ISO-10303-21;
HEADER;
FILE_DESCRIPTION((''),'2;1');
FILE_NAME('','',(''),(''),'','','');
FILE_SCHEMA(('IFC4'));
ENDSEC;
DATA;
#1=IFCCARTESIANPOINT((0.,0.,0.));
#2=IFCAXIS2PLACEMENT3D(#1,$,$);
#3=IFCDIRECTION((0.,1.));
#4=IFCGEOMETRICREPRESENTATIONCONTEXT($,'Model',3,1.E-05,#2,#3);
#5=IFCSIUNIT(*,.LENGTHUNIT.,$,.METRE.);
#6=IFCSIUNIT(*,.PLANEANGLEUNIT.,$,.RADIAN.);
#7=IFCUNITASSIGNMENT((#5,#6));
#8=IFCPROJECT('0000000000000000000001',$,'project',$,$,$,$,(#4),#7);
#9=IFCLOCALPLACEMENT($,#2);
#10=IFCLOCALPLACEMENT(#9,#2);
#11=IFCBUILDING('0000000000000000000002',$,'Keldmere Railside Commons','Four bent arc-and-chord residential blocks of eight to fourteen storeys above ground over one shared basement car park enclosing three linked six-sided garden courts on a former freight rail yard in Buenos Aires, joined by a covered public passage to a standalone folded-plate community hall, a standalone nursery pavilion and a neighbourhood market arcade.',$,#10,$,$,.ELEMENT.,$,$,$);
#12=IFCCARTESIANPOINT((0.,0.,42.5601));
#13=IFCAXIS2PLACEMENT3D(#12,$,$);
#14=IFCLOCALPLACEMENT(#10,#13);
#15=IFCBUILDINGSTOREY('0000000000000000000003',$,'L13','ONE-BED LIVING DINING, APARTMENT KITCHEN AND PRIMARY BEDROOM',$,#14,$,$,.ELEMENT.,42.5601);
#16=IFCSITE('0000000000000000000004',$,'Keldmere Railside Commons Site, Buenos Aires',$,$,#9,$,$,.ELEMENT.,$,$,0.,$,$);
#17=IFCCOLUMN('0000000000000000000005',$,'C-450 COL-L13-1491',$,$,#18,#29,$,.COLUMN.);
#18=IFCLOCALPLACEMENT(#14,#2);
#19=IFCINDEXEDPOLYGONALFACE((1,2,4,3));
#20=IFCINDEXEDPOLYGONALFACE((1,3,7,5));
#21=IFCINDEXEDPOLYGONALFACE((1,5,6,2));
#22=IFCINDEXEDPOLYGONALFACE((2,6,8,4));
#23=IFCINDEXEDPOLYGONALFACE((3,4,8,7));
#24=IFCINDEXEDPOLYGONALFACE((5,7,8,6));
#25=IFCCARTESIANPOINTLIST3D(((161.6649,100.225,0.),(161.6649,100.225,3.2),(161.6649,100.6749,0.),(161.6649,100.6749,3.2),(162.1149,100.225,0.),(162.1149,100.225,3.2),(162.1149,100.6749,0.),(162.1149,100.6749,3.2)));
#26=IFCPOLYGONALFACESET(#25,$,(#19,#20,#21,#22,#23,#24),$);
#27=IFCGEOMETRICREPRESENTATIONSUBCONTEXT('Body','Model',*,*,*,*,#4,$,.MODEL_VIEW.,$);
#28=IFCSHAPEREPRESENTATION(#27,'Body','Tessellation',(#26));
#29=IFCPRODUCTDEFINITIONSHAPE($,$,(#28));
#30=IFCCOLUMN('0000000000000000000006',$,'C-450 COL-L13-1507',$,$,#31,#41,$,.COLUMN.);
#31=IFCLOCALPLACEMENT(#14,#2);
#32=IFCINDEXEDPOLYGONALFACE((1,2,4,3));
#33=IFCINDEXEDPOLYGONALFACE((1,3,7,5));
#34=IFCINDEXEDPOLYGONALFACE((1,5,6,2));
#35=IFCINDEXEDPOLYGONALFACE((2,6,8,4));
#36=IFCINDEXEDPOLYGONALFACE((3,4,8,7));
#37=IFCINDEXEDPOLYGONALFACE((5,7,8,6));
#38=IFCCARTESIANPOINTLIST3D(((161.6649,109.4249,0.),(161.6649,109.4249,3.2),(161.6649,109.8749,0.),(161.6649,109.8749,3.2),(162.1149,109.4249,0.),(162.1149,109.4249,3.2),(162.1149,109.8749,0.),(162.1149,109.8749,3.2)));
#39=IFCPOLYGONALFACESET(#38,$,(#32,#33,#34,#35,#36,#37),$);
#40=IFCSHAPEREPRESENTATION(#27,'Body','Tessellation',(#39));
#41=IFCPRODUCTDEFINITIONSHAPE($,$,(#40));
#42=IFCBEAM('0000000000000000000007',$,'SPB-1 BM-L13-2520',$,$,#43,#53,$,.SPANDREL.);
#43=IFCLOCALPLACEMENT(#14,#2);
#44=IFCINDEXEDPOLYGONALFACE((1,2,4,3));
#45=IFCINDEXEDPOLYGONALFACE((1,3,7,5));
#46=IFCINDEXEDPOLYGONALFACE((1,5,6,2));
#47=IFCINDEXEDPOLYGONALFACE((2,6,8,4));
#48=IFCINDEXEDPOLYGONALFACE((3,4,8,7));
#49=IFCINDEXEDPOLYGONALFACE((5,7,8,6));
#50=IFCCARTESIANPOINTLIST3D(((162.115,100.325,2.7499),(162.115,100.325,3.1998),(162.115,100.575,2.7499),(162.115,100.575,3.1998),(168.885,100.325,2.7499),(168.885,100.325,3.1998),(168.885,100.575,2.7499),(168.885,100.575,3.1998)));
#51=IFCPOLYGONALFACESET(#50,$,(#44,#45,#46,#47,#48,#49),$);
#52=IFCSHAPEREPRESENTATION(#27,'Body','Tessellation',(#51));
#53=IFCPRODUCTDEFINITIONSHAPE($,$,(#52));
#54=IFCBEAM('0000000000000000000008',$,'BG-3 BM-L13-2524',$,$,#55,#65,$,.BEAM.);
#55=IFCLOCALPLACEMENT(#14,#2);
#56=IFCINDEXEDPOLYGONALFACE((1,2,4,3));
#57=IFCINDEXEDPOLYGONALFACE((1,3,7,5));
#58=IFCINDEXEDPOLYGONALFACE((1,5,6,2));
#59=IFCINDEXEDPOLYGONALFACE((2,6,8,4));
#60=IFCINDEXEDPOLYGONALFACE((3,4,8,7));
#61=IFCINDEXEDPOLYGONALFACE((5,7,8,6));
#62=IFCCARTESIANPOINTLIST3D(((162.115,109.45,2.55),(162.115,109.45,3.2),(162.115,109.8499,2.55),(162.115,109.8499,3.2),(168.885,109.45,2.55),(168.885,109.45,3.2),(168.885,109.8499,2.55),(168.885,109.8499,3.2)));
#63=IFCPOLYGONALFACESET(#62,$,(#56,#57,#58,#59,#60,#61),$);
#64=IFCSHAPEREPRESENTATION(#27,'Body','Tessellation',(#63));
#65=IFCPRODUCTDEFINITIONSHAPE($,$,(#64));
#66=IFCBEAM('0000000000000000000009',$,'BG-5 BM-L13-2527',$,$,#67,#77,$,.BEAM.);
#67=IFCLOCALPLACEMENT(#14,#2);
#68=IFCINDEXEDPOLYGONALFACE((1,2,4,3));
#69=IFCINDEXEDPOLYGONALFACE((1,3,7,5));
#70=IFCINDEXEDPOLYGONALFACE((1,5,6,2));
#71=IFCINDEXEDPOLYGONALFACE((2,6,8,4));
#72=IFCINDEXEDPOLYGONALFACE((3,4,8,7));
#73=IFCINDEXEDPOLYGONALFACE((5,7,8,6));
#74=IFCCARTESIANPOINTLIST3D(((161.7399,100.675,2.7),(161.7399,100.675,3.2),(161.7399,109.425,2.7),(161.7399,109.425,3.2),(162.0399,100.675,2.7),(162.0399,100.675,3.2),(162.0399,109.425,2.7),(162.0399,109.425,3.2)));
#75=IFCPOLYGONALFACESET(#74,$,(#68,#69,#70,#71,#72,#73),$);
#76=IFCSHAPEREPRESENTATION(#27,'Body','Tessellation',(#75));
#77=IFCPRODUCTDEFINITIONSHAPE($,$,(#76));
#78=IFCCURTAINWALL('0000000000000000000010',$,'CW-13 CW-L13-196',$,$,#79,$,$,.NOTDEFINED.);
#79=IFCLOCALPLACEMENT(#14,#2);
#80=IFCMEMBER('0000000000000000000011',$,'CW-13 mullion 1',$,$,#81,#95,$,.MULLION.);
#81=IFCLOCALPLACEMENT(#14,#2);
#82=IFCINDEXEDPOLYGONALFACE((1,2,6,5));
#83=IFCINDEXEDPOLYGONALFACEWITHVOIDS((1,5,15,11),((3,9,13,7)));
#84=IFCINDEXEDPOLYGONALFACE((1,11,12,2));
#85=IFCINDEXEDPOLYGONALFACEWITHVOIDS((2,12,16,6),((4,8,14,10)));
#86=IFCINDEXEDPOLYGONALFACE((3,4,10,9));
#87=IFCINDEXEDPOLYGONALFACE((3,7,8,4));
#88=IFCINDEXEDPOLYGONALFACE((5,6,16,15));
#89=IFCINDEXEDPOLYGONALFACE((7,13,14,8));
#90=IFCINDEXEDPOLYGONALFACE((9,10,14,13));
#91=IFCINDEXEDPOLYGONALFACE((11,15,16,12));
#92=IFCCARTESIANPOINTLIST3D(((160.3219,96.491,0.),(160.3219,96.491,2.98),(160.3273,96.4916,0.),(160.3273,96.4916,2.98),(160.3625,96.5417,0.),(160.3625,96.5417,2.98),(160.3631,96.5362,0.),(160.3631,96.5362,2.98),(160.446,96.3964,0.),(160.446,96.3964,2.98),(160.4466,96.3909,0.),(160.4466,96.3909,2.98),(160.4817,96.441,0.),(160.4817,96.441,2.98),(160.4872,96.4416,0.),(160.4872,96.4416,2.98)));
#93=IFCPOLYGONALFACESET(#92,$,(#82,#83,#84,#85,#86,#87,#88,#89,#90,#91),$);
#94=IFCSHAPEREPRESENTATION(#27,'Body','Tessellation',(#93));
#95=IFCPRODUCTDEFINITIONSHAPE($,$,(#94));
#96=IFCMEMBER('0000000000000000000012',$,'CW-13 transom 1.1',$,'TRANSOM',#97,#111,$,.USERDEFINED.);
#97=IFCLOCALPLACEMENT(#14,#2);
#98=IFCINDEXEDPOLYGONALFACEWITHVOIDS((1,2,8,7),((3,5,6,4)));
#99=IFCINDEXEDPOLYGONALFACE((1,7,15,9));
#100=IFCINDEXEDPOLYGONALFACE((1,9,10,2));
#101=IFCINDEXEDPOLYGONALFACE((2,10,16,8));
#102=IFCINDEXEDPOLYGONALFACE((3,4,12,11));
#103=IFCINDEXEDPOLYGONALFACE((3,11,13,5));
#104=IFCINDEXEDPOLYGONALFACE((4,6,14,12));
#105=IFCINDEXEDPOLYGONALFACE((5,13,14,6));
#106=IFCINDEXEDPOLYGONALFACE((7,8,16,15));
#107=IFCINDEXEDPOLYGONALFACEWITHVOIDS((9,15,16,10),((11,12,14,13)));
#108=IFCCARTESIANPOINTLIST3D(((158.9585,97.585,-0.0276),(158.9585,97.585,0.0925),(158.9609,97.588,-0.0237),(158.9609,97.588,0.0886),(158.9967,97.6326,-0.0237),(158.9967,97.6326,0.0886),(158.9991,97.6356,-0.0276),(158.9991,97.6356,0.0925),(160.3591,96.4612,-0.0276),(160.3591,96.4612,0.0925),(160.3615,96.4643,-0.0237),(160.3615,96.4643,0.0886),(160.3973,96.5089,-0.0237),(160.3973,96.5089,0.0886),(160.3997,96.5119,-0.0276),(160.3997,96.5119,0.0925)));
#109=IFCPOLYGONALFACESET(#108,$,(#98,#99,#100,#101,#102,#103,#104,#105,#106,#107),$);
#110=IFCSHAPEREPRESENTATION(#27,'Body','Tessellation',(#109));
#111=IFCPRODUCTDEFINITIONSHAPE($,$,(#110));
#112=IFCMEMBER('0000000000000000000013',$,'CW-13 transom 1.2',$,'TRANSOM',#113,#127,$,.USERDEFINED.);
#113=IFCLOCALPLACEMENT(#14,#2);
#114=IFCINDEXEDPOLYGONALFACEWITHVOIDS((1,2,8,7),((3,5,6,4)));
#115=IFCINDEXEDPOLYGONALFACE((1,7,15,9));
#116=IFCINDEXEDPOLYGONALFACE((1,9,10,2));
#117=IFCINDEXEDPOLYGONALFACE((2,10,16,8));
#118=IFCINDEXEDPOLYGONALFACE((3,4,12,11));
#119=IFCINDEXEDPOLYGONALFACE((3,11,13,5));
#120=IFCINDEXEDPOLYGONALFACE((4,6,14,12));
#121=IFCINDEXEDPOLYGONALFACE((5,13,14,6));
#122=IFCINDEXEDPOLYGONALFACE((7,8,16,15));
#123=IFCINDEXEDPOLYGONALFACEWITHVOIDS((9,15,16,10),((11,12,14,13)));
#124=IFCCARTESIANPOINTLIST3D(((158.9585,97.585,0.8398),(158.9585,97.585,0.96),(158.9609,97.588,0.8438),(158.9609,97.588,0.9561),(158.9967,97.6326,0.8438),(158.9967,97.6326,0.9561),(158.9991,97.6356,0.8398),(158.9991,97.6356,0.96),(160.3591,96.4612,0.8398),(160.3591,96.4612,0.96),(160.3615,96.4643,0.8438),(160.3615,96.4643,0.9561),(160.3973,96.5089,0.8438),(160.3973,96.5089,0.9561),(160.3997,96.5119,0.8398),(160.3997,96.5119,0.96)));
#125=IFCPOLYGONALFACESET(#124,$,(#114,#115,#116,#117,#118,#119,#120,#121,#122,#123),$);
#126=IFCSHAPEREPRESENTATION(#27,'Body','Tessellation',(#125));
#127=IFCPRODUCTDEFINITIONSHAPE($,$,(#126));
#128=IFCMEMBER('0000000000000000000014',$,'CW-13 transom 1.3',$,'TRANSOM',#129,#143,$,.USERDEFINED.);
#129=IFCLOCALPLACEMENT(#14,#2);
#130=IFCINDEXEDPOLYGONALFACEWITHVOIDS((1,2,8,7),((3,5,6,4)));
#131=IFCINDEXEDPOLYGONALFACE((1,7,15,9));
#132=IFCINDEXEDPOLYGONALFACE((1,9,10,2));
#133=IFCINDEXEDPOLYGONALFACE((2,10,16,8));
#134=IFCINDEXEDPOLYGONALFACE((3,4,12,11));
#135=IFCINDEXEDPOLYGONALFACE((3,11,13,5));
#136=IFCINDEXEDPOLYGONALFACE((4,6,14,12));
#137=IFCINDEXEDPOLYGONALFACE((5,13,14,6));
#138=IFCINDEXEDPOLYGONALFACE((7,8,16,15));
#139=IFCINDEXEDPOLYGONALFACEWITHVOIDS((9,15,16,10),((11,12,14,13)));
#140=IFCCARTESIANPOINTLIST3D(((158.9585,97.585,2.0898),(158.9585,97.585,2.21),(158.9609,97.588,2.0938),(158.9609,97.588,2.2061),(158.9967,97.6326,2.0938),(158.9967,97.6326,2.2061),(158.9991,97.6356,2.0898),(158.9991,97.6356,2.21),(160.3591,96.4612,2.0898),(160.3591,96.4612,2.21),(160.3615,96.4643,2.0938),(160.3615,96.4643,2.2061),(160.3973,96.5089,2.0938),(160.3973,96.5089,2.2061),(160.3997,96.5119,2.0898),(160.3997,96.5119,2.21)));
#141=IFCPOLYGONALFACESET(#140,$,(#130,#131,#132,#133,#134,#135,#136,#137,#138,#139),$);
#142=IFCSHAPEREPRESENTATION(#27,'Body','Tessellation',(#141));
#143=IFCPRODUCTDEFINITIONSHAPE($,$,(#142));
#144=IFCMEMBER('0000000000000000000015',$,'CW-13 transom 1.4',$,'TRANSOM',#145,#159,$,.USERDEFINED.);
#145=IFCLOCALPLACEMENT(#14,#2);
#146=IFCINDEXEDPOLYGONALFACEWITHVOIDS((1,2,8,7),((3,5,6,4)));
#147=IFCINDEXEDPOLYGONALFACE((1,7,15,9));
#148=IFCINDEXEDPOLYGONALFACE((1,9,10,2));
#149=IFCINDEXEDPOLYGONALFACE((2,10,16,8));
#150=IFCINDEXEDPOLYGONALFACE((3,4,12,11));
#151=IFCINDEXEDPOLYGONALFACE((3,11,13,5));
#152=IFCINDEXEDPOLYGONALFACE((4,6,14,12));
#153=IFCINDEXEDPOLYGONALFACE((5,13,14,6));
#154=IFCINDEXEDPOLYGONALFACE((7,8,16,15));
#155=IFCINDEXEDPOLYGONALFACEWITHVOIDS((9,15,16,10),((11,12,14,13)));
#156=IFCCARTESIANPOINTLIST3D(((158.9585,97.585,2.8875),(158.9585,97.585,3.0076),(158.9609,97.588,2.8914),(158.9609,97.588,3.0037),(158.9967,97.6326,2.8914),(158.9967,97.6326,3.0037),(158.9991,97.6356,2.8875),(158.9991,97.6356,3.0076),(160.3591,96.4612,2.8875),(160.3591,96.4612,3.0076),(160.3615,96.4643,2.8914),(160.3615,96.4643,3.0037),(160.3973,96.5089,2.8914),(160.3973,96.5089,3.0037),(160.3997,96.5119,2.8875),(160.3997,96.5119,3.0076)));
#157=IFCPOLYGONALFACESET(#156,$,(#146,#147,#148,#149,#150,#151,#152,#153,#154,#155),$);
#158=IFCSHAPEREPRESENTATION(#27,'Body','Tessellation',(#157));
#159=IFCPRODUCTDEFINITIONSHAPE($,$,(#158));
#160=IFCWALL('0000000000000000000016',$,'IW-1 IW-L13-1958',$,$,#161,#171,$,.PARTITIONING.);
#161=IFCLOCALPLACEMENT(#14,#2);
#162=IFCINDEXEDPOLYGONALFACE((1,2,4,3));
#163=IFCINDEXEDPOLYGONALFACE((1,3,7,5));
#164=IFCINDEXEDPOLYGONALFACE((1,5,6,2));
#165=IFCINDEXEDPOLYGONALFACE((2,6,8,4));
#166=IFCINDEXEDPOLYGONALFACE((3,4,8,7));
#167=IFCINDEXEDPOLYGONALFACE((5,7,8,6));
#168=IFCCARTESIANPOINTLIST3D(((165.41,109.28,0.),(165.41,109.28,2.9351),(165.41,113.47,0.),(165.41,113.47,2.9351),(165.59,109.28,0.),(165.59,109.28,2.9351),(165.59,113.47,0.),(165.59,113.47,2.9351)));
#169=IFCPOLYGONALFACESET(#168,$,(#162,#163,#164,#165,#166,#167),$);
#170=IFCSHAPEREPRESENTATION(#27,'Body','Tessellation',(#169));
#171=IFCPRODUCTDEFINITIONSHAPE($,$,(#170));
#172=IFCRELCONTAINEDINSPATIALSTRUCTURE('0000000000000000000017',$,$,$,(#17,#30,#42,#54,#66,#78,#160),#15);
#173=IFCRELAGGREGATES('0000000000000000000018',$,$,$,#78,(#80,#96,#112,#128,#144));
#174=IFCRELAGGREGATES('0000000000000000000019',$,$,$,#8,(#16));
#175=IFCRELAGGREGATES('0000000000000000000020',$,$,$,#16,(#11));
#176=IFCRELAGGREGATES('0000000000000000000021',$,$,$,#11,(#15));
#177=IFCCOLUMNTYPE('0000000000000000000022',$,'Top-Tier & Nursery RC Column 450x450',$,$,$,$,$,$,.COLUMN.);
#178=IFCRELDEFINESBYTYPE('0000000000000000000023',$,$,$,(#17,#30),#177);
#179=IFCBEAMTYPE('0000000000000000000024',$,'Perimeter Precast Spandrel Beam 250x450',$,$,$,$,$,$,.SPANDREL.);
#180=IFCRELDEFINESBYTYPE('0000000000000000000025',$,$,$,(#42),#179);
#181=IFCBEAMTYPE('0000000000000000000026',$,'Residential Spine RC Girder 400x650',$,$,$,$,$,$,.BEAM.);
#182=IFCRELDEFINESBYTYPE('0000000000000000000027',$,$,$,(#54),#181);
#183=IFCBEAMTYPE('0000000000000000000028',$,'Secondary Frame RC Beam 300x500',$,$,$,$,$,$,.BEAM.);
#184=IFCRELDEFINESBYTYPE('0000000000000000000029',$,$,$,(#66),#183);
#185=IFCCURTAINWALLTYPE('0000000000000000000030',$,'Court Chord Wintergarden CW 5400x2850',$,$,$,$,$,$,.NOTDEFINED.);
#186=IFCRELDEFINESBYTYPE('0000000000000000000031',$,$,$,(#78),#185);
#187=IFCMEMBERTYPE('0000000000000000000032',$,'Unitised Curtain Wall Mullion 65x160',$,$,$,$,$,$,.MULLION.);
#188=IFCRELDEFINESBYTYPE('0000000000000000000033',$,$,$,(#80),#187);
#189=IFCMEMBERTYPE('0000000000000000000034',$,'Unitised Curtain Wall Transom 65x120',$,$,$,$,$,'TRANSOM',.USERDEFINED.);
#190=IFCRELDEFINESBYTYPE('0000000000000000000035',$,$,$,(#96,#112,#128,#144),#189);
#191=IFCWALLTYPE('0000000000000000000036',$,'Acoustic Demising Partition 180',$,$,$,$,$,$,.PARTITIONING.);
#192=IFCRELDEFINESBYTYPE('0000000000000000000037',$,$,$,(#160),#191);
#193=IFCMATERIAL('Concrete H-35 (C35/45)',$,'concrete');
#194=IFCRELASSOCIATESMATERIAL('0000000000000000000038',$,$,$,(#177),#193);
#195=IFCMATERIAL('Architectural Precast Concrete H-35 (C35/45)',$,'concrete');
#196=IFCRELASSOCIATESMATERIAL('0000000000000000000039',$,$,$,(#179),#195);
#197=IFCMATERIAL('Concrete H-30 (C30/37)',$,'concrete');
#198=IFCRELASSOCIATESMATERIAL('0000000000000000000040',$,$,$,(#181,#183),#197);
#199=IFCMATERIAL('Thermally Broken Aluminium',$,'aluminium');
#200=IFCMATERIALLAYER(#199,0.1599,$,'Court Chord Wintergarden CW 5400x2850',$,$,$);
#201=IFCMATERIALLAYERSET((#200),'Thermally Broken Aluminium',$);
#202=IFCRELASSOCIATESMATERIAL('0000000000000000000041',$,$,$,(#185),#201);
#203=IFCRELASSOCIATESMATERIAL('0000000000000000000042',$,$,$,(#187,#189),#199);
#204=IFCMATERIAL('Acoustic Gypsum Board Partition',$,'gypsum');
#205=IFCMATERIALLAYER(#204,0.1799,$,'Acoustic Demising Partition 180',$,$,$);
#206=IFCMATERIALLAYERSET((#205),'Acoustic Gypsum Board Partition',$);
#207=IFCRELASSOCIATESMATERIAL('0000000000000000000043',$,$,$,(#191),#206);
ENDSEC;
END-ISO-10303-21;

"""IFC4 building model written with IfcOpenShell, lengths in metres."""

from ifc_helpers import new_model, si_unit, direction, frame, frame_2d, origin, origin_2d, place, context, subcontext, project, spatial, rectangle, hollow_rectangle, extrude, material, layer, layer_set, material_profile, profile_set, type_object, element, aggregate, save


model = new_model("IFC4")

# Units and contexts
model_context = context("Model", 3, precision=1e-05, world=origin(), true_north=direction((0.0, 1.0)))
body_context = subcontext(model_context, "Body", "Model", "MODEL_VIEW")
ifc_project = project(units=[si_unit("LENGTHUNIT", "METRE"), si_unit("PLANEANGLEUNIT", "RADIAN")], contexts=[model_context])

# Site, building, storey
site_placement = place(None, origin())
site = spatial("IfcSite", under=ifc_project, at=site_placement, Name="Keldmere Railside Commons Site, Buenos Aires", CompositionType="ELEMENT", RefElevation=0.0)
building_placement = place(site_placement, origin())
building = spatial("IfcBuilding", under=site, at=building_placement, Name="Keldmere Railside Commons", Description="Four bent arc-and-chord residential blocks of eight to fourteen storeys above ground over one shared basement car park enclosing three linked six-sided garden courts on a former freight rail yard in Buenos Aires, joined by a covered public passage to a standalone folded-plate community hall, a standalone nursery pavilion and a neighbourhood market arcade.", CompositionType="ELEMENT")
storey_placement = place(building_placement, frame((0.0, 0.0, 42.5601)))
storey = spatial("IfcBuildingStorey", under=building, at=storey_placement, Name="L13", Description="ONE-BED LIVING DINING, APARTMENT KITCHEN AND PRIMARY BEDROOM", CompositionType="ELEMENT", Elevation=42.5601)

# Columns
ifc_material_1 = material(Name="Concrete H-35 (C35/45)", Category="concrete")
ifc_material_profile_1 = material_profile(ifc_material_1, rectangle(XDim=0.45, YDim=0.45, at=origin_2d()), Name="RC-450x450")
ifc_profile_set_1 = profile_set([ifc_material_profile_1], Name="Concrete H-35 (C35/45)")
column_type = type_object("IfcColumnType", Name="Top-Tier & Nursery RC Column 450x450", PredefinedType="COLUMN", material=ifc_profile_set_1)
for number, where, z_axis, x_axis, name in (
    (1, (161.8899, 100.45, 0.0), (0.0, 0.0, 1.0), (1.0, 0.0, 0.0), "C-450 COL-L13-1491"),
    (2, (161.8899, 109.6499, 0.0), (0.0, 0.0, 1.0), (1.0, 0.0, 0.0), "C-450 COL-L13-1507"),
):
    element("IfcColumn", number, at=place(storey_placement, frame(where, z_axis=z_axis, x_axis=x_axis)), inside=storey, type_object=column_type, Name=name, PredefinedType="COLUMN", context=body_context, shape_type="SweptSolid", body=[
        extrude(rectangle(XDim=0.45, YDim=0.45, at=origin_2d()), origin(), (0.0, 0.0, 1.0), 3.2),
    ])

# Beams
ifc_material_2 = material(Name="Architectural Precast Concrete H-35 (C35/45)", Category="concrete")
ifc_material_profile_2 = material_profile(ifc_material_2, rectangle(XDim=0.25, YDim=0.45, at=origin_2d()), Name="RC-250x450")
ifc_profile_set_2 = profile_set([ifc_material_profile_2], Name="Architectural Precast Concrete H-35 (C35/45)")
beam_type_1 = type_object("IfcBeamType", Name="Perimeter Precast Spandrel Beam 250x450", PredefinedType="SPANDREL", material=ifc_profile_set_2)
beam_1_placement = place(storey_placement, frame((162.115, 100.45, 2.9749), z_axis=(1.0, 0.0, 0.0), x_axis=(0.0, 1.0, 0.0)))
element("IfcBeam", 3, at=beam_1_placement, inside=storey, type_object=beam_type_1, Name="SPB-1 BM-L13-2520", PredefinedType="SPANDREL", context=body_context, shape_type="SweptSolid", body=[
    extrude(rectangle(XDim=0.25, YDim=0.45, at=origin_2d()), origin(), (0.0, 0.0, 1.0), 6.77),
])
ifc_material_3 = material(Name="Concrete H-30 (C30/37)", Category="concrete")
ifc_material_profile_3 = material_profile(ifc_material_3, rectangle(XDim=0.3999, YDim=0.6499, at=origin_2d()), Name="RC-400x650")
ifc_profile_set_3 = profile_set([ifc_material_profile_3], Name="Concrete H-30 (C30/37)")
beam_type_2 = type_object("IfcBeamType", Name="Residential Spine RC Girder 400x650", PredefinedType="BEAM", material=ifc_profile_set_3)
beam_2_placement = place(storey_placement, frame((162.115, 109.6499, 2.875), z_axis=(1.0, 0.0, 0.0), x_axis=(0.0, 1.0, 0.0)))
element("IfcBeam", 4, at=beam_2_placement, inside=storey, type_object=beam_type_2, Name="BG-3 BM-L13-2524", PredefinedType="BEAM", context=body_context, shape_type="SweptSolid", body=[
    extrude(rectangle(XDim=0.3999, YDim=0.6499, at=origin_2d()), origin(), (0.0, 0.0, 1.0), 6.77),
])
ifc_material_profile_4 = material_profile(ifc_material_3, rectangle(XDim=0.3, YDim=0.5, at=origin_2d()), Name="RC-300x500")
ifc_profile_set_4 = profile_set([ifc_material_profile_4], Name="Concrete H-30 (C30/37)")
beam_type_3 = type_object("IfcBeamType", Name="Secondary Frame RC Beam 300x500", PredefinedType="BEAM", material=ifc_profile_set_4)
beam_3_placement = place(storey_placement, frame((161.8899, 100.675, 2.95), z_axis=(0.0, 1.0, 0.0), x_axis=(-1.0, 0.0, 0.0)))
element("IfcBeam", 5, at=beam_3_placement, inside=storey, type_object=beam_type_3, Name="BG-5 BM-L13-2527", PredefinedType="BEAM", context=body_context, shape_type="SweptSolid", body=[
    extrude(rectangle(XDim=0.3, YDim=0.5, at=origin_2d()), origin(), (0.0, 0.0, 1.0), 8.75),
])

# Curtain wall, members
ifc_material_4 = material(Name="Thermally Broken Aluminium", Category="aluminium")
ifc_layer_1 = layer(ifc_material_4, 0.1599, Name="Court Chord Wintergarden CW 5400x2850")
ifc_layer_set_1 = layer_set([ifc_layer_1], Name="Thermally Broken Aluminium")
curtain_wall_type = type_object("IfcCurtainWallType", Name="Court Chord Wintergarden CW 5400x2850", PredefinedType="NOTDEFINED", material=ifc_layer_set_1)
curtain_wall_placement = place(storey_placement, origin())
curtain_wall = element("IfcCurtainWall", 6, at=curtain_wall_placement, inside=storey, type_object=curtain_wall_type, Name="CW-13 CW-L13-196", PredefinedType="NOTDEFINED")
ifc_material_profile_5 = material_profile(ifc_material_4, hollow_rectangle(XDim=0.0649, YDim=0.1599, WallThickness=0.0039, at=origin_2d()), Name="ALU-MULL-65x160")
ifc_profile_set_5 = profile_set([ifc_material_profile_5], Name="Thermally Broken Aluminium")
member_type_1 = type_object("IfcMemberType", Name="Unitised Curtain Wall Mullion 65x160", PredefinedType="MULLION", material=ifc_profile_set_5)
member_1_placement = place(storey_placement, frame((160.4045, 96.4663, 0.0), z_axis=(0.0, 0.0, 1.0), x_axis=(-0.625768, -0.780009, 0.0)))
member_1 = element("IfcMember", 7, at=member_1_placement, type_object=member_type_1, Name="CW-13 mullion 1", PredefinedType="MULLION", context=body_context, shape_type="SweptSolid", body=[
    extrude(hollow_rectangle(XDim=0.0649, YDim=0.1599, WallThickness=0.0039, at=origin_2d()), origin(), (0.0, 0.0, 1.0), 2.98),
])
ifc_material_profile_6 = material_profile(ifc_material_4, hollow_rectangle(XDim=0.0649, YDim=0.1201, WallThickness=0.0039, at=origin_2d()), Name="ALU-TRAN-65x120")
ifc_profile_set_6 = profile_set([ifc_material_profile_6], Name="Thermally Broken Aluminium")
member_type_2 = type_object("IfcMemberType", Name="Unitised Curtain Wall Transom 65x120", ElementType="TRANSOM", PredefinedType="USERDEFINED", material=ifc_profile_set_6)
member_2_placement = place(storey_placement, frame((160.3794, 96.4866, 0.0325), z_axis=(-0.779979, 0.625805, 0.0), x_axis=(-0.625805, -0.779979, 0.0)))
member_2 = element("IfcMember", 8, at=member_2_placement, type_object=member_type_2, Name="CW-13 transom 1.1", ObjectType="TRANSOM", PredefinedType="USERDEFINED", context=body_context, shape_type="SweptSolid", body=[
    extrude(hollow_rectangle(XDim=0.0649, YDim=0.1201, WallThickness=0.0039, at=origin_2d()), origin(), (0.0, 0.0, 1.0), 1.7957),
])
member_3_placement = place(storey_placement, frame((160.3794, 96.4866, 0.8999), z_axis=(-0.779979, 0.625805, 0.0), x_axis=(-0.625805, -0.779979, 0.0)))
member_3 = element("IfcMember", 9, at=member_3_placement, type_object=member_type_2, Name="CW-13 transom 1.2", ObjectType="TRANSOM", PredefinedType="USERDEFINED", context=body_context, shape_type="SweptSolid", body=[
    extrude(hollow_rectangle(XDim=0.0649, YDim=0.1201, WallThickness=0.0039, at=origin_2d()), origin(), (0.0, 0.0, 1.0), 1.7957),
])
member_4_placement = place(storey_placement, frame((160.3794, 96.4866, 2.1499), z_axis=(-0.779979, 0.625805, 0.0), x_axis=(-0.625805, -0.779979, 0.0)))
member_4 = element("IfcMember", 10, at=member_4_placement, type_object=member_type_2, Name="CW-13 transom 1.3", ObjectType="TRANSOM", PredefinedType="USERDEFINED", context=body_context, shape_type="SweptSolid", body=[
    extrude(hollow_rectangle(XDim=0.0649, YDim=0.1201, WallThickness=0.0039, at=origin_2d()), origin(), (0.0, 0.0, 1.0), 1.7957),
])
member_5_placement = place(storey_placement, frame((160.3794, 96.4866, 2.9475), z_axis=(-0.779979, 0.625805, 0.0), x_axis=(-0.625805, -0.779979, 0.0)))
member_5 = element("IfcMember", 11, at=member_5_placement, type_object=member_type_2, Name="CW-13 transom 1.4", ObjectType="TRANSOM", PredefinedType="USERDEFINED", context=body_context, shape_type="SweptSolid", body=[
    extrude(hollow_rectangle(XDim=0.0649, YDim=0.1201, WallThickness=0.0039, at=origin_2d()), origin(), (0.0, 0.0, 1.0), 1.7957),
])
aggregate(curtain_wall, [member_1, member_2, member_3, member_4, member_5])

# Wall
ifc_material_5 = material(Name="Acoustic Gypsum Board Partition", Category="gypsum")
ifc_layer_2 = layer(ifc_material_5, 0.1799, Name="Acoustic Demising Partition 180")
ifc_layer_set_2 = layer_set([ifc_layer_2], Name="Acoustic Gypsum Board Partition")
wall_type_1 = type_object("IfcWallType", Name="Acoustic Demising Partition 180", PredefinedType="PARTITIONING", material=ifc_layer_set_2)
wall_1_placement = place(storey_placement, frame((165.5, 109.28, 0.0), z_axis=(0.0, 0.0, 1.0), x_axis=(0.0, 1.0, 0.0)))
element("IfcWall", 12, at=wall_1_placement, inside=storey, type_object=wall_type_1, Name="IW-1 IW-L13-1958", PredefinedType="PARTITIONING", context=body_context, shape_type="SweptSolid", body=[
    extrude(rectangle(XDim=4.1899, YDim=0.1799, at=frame_2d((2.095, 0.0))), origin(), (0.0, 0.0, 1.0), 2.9351),
])

save(model, "model.ifc")
